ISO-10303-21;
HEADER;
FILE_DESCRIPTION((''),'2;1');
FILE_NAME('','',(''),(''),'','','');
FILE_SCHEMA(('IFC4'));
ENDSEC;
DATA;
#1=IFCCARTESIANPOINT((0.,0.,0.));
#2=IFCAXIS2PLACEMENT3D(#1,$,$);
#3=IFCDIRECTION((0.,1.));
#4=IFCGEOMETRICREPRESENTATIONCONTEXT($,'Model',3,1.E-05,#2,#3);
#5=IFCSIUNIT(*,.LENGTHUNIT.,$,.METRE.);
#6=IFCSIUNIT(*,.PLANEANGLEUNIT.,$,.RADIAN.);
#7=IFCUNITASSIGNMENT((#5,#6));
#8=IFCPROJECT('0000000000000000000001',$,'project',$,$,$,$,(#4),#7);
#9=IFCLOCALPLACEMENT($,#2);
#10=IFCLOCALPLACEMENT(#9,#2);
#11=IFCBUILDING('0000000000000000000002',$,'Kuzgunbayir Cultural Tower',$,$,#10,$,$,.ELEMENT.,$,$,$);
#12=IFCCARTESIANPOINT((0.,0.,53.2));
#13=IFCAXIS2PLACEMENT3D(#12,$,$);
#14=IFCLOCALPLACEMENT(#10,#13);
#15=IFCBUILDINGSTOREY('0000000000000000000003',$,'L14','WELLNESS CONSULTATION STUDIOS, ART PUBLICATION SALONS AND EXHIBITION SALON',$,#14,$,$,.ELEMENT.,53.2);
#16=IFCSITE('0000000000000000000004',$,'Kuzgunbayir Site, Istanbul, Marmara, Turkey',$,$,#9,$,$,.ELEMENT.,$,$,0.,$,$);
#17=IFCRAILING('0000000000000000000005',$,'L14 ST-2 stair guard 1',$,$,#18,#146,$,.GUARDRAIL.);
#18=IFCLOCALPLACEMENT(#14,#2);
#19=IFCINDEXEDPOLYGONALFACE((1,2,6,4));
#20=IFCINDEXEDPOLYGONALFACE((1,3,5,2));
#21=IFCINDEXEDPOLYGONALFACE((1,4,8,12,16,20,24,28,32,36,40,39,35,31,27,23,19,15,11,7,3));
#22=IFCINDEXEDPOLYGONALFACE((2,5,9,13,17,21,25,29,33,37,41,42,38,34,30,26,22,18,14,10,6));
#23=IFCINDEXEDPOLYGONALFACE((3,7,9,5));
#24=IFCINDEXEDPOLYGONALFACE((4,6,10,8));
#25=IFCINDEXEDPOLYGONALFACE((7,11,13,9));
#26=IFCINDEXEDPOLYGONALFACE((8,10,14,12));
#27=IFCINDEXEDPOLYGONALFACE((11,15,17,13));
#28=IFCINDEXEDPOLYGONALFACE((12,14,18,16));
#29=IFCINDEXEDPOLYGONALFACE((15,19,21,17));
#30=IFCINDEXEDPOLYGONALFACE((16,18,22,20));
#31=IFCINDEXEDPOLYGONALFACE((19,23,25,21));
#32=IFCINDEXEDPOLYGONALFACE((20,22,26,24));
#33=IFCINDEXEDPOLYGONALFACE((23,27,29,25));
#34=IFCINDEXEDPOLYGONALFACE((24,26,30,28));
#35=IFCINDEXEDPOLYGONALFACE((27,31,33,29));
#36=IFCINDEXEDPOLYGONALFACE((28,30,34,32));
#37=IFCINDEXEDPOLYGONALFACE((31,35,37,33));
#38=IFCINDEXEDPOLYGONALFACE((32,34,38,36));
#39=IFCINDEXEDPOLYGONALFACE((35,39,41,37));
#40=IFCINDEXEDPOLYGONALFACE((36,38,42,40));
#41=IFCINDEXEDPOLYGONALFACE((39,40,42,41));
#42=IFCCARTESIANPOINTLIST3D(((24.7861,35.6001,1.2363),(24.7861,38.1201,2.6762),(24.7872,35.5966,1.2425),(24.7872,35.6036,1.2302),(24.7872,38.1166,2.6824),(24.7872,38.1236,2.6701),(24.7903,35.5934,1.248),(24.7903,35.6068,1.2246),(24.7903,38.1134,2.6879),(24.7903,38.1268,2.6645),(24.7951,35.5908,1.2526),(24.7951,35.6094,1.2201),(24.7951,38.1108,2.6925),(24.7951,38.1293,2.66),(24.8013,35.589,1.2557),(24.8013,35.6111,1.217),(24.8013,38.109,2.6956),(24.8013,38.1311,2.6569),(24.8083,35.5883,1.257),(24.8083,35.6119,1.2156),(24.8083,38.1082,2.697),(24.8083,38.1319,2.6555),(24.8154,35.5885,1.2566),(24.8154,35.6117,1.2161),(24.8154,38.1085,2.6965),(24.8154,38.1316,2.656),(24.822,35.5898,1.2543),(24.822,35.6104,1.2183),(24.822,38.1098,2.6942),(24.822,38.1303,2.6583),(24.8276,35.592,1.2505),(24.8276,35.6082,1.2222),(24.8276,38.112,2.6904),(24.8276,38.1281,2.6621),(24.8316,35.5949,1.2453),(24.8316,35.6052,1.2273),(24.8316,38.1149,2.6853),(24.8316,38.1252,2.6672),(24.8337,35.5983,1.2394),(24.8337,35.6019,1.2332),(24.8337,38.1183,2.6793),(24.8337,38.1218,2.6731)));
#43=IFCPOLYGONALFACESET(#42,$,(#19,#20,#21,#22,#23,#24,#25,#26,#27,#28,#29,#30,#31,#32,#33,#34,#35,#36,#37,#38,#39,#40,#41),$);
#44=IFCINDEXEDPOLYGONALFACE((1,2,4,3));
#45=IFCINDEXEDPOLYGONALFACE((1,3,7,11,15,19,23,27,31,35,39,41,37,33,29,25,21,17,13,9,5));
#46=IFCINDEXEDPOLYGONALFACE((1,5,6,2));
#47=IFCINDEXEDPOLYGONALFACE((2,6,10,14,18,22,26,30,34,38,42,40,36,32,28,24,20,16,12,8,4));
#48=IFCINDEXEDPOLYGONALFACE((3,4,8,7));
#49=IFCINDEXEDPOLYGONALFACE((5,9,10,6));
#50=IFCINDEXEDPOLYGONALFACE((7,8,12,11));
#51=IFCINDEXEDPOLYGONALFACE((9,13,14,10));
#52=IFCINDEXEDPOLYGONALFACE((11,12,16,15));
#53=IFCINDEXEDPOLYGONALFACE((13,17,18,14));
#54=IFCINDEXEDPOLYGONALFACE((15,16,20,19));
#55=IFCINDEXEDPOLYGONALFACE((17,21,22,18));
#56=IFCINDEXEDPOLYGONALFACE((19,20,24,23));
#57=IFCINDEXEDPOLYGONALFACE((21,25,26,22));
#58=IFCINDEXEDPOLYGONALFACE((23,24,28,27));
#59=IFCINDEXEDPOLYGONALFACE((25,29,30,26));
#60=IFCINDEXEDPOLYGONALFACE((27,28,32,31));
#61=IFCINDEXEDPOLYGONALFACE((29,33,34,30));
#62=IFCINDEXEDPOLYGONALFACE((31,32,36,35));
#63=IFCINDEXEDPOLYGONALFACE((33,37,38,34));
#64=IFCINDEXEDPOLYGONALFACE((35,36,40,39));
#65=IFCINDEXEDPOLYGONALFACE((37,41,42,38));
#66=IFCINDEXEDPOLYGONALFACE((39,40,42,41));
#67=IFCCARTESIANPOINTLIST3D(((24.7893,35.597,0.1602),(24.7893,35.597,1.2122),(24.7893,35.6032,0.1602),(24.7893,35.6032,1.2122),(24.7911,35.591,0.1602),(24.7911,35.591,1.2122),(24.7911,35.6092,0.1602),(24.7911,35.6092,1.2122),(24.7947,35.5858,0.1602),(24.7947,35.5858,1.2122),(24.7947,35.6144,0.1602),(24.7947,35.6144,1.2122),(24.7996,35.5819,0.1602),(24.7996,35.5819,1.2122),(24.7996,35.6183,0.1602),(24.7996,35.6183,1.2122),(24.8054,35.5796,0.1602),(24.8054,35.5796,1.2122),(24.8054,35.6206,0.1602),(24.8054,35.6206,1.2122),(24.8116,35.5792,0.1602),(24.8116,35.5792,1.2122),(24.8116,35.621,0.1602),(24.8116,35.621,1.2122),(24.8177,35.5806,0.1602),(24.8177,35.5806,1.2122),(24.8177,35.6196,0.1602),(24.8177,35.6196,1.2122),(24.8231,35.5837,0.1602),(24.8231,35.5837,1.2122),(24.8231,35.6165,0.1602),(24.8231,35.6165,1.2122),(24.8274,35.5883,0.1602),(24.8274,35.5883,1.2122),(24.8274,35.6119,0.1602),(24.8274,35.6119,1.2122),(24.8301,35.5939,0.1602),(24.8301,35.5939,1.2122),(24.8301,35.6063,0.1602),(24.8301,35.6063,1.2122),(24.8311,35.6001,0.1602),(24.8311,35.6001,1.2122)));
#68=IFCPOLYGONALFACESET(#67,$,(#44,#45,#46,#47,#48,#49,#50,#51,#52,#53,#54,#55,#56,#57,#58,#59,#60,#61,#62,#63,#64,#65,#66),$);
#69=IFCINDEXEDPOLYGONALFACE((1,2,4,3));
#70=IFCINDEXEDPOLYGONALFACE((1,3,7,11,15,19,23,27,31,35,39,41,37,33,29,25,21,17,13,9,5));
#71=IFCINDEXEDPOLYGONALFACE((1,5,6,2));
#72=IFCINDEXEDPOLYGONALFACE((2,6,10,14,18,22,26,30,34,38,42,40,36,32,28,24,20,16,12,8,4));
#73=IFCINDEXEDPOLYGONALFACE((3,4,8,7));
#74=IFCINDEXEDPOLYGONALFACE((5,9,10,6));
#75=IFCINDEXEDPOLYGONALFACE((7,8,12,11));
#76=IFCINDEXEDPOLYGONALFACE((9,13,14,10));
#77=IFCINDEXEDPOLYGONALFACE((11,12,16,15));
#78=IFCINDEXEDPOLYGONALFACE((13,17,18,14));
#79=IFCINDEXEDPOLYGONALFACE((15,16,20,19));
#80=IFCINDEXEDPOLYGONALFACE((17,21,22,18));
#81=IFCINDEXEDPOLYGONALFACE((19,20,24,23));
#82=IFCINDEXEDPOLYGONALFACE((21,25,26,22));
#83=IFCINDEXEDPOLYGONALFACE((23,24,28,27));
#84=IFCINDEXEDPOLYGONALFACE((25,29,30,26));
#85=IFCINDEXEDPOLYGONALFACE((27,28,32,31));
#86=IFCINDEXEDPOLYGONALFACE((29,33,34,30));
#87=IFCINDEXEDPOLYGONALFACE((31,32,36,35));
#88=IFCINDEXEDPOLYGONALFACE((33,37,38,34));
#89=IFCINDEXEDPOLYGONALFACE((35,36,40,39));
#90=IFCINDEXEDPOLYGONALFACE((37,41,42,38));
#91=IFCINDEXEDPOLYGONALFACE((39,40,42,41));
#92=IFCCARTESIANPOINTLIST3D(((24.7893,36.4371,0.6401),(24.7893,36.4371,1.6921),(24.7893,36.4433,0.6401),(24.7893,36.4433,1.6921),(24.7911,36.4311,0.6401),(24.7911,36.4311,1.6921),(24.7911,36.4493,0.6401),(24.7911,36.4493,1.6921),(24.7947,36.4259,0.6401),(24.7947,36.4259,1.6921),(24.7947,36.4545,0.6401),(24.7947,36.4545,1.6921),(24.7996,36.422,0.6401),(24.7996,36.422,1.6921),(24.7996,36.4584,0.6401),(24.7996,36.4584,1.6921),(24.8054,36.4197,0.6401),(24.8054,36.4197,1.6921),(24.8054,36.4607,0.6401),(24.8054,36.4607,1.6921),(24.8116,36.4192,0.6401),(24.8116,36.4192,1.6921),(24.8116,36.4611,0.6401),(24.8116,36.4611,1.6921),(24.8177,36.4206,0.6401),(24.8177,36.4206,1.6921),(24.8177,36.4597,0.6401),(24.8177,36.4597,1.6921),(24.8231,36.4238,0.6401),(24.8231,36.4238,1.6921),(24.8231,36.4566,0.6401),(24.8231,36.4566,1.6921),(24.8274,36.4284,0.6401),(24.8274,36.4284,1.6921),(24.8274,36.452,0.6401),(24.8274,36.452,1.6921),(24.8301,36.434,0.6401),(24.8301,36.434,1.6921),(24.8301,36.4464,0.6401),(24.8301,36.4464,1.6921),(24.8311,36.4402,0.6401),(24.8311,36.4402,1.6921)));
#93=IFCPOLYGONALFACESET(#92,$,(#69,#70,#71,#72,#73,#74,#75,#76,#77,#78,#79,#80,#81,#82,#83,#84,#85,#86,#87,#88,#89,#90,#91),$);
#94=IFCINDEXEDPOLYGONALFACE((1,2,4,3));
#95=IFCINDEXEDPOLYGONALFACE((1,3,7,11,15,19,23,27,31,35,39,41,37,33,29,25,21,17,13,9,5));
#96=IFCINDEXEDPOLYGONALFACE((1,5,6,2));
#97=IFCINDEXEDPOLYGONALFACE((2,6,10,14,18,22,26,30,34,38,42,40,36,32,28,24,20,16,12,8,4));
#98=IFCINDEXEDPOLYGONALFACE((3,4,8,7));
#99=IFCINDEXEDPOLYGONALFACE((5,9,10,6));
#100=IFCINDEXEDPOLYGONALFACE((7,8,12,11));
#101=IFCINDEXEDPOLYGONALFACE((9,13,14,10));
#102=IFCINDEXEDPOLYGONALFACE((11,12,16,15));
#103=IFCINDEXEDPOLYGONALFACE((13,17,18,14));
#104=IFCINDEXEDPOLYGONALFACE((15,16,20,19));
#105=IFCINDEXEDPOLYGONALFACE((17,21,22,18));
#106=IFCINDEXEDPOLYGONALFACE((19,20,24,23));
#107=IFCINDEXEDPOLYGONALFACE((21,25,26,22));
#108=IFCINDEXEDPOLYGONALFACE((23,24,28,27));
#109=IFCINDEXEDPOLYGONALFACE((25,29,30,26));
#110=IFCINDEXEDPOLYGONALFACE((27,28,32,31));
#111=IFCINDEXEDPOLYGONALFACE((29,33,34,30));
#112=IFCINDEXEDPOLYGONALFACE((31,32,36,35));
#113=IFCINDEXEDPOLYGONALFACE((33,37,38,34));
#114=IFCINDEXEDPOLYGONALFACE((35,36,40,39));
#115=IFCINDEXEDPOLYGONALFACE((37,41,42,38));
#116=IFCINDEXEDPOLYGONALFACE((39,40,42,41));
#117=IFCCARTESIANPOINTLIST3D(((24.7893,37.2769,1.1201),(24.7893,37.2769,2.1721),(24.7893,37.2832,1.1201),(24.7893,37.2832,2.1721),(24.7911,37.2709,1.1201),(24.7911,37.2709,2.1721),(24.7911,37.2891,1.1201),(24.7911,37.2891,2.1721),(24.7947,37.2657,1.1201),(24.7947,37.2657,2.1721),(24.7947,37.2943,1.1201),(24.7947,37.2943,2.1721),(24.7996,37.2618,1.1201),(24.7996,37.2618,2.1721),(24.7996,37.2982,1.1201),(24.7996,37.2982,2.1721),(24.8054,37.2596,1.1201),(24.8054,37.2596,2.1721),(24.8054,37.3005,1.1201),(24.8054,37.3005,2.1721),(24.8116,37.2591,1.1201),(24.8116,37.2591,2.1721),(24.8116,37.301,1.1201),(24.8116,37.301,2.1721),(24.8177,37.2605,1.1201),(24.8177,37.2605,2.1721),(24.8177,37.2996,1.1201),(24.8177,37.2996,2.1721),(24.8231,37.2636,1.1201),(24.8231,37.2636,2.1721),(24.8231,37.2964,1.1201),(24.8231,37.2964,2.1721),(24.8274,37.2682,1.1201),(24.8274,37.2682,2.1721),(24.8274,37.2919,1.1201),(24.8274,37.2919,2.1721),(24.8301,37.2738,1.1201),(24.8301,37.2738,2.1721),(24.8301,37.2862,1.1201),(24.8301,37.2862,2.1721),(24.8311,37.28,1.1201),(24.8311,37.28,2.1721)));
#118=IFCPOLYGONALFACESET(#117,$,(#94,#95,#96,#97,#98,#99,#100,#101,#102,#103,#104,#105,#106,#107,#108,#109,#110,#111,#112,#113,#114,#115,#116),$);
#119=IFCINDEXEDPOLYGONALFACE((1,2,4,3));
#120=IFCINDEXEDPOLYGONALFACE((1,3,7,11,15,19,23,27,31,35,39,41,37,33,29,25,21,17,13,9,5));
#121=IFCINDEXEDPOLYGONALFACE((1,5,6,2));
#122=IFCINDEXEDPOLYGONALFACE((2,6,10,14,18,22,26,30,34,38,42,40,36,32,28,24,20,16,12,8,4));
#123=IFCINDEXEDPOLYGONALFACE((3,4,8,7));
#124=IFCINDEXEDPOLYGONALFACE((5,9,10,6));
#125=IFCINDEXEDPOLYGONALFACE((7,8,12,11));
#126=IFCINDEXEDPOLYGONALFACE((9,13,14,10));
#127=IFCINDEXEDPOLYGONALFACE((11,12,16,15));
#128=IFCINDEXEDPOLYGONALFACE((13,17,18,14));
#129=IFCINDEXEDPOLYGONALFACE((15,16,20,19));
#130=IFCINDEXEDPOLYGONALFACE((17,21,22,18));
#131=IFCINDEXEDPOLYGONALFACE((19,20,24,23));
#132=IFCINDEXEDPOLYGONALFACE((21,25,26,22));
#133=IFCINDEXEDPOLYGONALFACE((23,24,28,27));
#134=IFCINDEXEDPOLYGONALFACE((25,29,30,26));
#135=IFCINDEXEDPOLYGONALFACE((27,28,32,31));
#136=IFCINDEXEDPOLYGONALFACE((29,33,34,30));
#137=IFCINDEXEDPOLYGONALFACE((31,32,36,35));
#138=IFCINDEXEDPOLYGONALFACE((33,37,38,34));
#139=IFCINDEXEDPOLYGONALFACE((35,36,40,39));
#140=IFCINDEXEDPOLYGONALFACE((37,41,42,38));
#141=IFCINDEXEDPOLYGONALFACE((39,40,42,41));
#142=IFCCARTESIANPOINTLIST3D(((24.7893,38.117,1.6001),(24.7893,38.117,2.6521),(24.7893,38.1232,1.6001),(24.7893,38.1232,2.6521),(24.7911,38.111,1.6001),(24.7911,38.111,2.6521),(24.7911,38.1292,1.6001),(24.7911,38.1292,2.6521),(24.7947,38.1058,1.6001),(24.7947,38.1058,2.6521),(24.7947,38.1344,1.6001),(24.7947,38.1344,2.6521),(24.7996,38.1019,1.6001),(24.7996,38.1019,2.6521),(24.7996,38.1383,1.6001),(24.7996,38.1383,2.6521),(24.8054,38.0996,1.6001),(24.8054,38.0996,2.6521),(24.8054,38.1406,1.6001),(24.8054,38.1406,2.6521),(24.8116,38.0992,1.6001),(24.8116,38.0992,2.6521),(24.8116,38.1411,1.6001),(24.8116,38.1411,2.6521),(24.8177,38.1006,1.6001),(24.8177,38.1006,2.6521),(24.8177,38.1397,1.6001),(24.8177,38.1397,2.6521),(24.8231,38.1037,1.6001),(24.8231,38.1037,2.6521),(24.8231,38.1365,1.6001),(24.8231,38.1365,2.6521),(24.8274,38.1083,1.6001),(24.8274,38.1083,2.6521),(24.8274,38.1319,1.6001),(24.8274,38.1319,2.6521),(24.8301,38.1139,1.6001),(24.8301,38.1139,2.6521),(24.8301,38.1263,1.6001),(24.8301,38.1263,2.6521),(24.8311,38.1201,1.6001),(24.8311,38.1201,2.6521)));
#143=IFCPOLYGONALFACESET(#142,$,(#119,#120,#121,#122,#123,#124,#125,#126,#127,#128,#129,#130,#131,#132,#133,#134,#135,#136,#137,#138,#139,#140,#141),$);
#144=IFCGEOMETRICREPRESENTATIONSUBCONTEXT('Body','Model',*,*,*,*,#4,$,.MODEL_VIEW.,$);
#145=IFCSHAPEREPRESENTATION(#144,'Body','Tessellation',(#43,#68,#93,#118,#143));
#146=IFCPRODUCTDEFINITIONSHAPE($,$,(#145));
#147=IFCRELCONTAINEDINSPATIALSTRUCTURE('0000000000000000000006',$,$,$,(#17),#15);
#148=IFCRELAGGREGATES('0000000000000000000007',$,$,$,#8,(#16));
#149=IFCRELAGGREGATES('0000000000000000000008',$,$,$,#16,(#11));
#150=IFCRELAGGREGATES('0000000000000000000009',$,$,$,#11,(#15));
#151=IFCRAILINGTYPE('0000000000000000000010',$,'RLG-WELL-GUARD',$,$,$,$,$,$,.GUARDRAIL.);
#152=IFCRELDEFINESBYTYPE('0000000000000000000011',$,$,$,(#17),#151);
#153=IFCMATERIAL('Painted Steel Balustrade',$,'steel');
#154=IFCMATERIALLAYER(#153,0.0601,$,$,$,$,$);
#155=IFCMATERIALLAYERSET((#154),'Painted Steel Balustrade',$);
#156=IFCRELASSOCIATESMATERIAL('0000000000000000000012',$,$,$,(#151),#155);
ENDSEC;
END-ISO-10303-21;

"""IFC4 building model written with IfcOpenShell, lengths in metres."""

from ifc_helpers import new_model, si_unit, direction, frame, origin, origin_2d, place, context, subcontext, project, spatial, circle, extrude, material, layer, layer_set, type_object, element, save


model = new_model("IFC4")

# Units and contexts
model_context = context("Model", 3, precision=1e-05, world=origin(), true_north=direction((0.0, 1.0)))
body_context = subcontext(model_context, "Body", "Model", "MODEL_VIEW")
ifc_project = project(units=[si_unit("LENGTHUNIT", "METRE"), si_unit("PLANEANGLEUNIT", "RADIAN")], contexts=[model_context])

# Site, building, storey
site_placement = place(None, origin())
site = spatial("IfcSite", under=ifc_project, at=site_placement, Name="Kuzgunbayir Site, Istanbul, Marmara, Turkey", CompositionType="ELEMENT", RefElevation=0.0)
building_placement = place(site_placement, origin())
building = spatial("IfcBuilding", under=site, at=building_placement, Name="Kuzgunbayir Cultural Tower", CompositionType="ELEMENT")
storey_placement = place(building_placement, frame((0.0, 0.0, 53.2)))
storey = spatial("IfcBuildingStorey", under=building, at=storey_placement, Name="L14", Description="WELLNESS CONSULTATION STUDIOS, ART PUBLICATION SALONS AND EXHIBITION SALON", CompositionType="ELEMENT", Elevation=53.2)

# Railing
ifc_material_1 = material(Name="Painted Steel Balustrade", Category="steel")
ifc_layer_1 = layer(ifc_material_1, 0.0601)
ifc_layer_set_1 = layer_set([ifc_layer_1], Name="Painted Steel Balustrade")
railing_type_1 = type_object("IfcRailingType", Name="RLG-WELL-GUARD", PredefinedType="GUARDRAIL", material=ifc_layer_set_1)
railing_1_placement = place(storey_placement, frame((24.8101, 35.6001, 0.1602)))
element("IfcRailing", 1, at=railing_1_placement, inside=storey, type_object=railing_type_1, Name="L14 ST-2 stair guard 1", PredefinedType="GUARDRAIL", context=body_context, shape_type="SweptSolid", body=[
    extrude(circle(Radius=0.0239, at=origin_2d()), frame((0.0, 0.0, 1.0762), z_axis=(0.0, 0.868253, 0.496121), x_axis=(-1.0, 0.0, 0.0)), (0.0, 0.0, 1.0), 2.9023),
    extrude(circle(Radius=0.021, at=origin_2d()), origin(), (0.0, 0.0, 1.0), 1.052),
    extrude(circle(Radius=0.021, at=origin_2d()), frame((0.0, 0.8401, 0.48)), (0.0, 0.0, 1.0), 1.052),
    extrude(circle(Radius=0.021, at=origin_2d()), frame((0.0, 1.6799, 0.96)), (0.0, 0.0, 1.0), 1.052),
    extrude(circle(Radius=0.021, at=origin_2d()), frame((0.0, 2.52, 1.4399)), (0.0, 0.0, 1.0), 1.052),
])

save(model, "model.ifc")
